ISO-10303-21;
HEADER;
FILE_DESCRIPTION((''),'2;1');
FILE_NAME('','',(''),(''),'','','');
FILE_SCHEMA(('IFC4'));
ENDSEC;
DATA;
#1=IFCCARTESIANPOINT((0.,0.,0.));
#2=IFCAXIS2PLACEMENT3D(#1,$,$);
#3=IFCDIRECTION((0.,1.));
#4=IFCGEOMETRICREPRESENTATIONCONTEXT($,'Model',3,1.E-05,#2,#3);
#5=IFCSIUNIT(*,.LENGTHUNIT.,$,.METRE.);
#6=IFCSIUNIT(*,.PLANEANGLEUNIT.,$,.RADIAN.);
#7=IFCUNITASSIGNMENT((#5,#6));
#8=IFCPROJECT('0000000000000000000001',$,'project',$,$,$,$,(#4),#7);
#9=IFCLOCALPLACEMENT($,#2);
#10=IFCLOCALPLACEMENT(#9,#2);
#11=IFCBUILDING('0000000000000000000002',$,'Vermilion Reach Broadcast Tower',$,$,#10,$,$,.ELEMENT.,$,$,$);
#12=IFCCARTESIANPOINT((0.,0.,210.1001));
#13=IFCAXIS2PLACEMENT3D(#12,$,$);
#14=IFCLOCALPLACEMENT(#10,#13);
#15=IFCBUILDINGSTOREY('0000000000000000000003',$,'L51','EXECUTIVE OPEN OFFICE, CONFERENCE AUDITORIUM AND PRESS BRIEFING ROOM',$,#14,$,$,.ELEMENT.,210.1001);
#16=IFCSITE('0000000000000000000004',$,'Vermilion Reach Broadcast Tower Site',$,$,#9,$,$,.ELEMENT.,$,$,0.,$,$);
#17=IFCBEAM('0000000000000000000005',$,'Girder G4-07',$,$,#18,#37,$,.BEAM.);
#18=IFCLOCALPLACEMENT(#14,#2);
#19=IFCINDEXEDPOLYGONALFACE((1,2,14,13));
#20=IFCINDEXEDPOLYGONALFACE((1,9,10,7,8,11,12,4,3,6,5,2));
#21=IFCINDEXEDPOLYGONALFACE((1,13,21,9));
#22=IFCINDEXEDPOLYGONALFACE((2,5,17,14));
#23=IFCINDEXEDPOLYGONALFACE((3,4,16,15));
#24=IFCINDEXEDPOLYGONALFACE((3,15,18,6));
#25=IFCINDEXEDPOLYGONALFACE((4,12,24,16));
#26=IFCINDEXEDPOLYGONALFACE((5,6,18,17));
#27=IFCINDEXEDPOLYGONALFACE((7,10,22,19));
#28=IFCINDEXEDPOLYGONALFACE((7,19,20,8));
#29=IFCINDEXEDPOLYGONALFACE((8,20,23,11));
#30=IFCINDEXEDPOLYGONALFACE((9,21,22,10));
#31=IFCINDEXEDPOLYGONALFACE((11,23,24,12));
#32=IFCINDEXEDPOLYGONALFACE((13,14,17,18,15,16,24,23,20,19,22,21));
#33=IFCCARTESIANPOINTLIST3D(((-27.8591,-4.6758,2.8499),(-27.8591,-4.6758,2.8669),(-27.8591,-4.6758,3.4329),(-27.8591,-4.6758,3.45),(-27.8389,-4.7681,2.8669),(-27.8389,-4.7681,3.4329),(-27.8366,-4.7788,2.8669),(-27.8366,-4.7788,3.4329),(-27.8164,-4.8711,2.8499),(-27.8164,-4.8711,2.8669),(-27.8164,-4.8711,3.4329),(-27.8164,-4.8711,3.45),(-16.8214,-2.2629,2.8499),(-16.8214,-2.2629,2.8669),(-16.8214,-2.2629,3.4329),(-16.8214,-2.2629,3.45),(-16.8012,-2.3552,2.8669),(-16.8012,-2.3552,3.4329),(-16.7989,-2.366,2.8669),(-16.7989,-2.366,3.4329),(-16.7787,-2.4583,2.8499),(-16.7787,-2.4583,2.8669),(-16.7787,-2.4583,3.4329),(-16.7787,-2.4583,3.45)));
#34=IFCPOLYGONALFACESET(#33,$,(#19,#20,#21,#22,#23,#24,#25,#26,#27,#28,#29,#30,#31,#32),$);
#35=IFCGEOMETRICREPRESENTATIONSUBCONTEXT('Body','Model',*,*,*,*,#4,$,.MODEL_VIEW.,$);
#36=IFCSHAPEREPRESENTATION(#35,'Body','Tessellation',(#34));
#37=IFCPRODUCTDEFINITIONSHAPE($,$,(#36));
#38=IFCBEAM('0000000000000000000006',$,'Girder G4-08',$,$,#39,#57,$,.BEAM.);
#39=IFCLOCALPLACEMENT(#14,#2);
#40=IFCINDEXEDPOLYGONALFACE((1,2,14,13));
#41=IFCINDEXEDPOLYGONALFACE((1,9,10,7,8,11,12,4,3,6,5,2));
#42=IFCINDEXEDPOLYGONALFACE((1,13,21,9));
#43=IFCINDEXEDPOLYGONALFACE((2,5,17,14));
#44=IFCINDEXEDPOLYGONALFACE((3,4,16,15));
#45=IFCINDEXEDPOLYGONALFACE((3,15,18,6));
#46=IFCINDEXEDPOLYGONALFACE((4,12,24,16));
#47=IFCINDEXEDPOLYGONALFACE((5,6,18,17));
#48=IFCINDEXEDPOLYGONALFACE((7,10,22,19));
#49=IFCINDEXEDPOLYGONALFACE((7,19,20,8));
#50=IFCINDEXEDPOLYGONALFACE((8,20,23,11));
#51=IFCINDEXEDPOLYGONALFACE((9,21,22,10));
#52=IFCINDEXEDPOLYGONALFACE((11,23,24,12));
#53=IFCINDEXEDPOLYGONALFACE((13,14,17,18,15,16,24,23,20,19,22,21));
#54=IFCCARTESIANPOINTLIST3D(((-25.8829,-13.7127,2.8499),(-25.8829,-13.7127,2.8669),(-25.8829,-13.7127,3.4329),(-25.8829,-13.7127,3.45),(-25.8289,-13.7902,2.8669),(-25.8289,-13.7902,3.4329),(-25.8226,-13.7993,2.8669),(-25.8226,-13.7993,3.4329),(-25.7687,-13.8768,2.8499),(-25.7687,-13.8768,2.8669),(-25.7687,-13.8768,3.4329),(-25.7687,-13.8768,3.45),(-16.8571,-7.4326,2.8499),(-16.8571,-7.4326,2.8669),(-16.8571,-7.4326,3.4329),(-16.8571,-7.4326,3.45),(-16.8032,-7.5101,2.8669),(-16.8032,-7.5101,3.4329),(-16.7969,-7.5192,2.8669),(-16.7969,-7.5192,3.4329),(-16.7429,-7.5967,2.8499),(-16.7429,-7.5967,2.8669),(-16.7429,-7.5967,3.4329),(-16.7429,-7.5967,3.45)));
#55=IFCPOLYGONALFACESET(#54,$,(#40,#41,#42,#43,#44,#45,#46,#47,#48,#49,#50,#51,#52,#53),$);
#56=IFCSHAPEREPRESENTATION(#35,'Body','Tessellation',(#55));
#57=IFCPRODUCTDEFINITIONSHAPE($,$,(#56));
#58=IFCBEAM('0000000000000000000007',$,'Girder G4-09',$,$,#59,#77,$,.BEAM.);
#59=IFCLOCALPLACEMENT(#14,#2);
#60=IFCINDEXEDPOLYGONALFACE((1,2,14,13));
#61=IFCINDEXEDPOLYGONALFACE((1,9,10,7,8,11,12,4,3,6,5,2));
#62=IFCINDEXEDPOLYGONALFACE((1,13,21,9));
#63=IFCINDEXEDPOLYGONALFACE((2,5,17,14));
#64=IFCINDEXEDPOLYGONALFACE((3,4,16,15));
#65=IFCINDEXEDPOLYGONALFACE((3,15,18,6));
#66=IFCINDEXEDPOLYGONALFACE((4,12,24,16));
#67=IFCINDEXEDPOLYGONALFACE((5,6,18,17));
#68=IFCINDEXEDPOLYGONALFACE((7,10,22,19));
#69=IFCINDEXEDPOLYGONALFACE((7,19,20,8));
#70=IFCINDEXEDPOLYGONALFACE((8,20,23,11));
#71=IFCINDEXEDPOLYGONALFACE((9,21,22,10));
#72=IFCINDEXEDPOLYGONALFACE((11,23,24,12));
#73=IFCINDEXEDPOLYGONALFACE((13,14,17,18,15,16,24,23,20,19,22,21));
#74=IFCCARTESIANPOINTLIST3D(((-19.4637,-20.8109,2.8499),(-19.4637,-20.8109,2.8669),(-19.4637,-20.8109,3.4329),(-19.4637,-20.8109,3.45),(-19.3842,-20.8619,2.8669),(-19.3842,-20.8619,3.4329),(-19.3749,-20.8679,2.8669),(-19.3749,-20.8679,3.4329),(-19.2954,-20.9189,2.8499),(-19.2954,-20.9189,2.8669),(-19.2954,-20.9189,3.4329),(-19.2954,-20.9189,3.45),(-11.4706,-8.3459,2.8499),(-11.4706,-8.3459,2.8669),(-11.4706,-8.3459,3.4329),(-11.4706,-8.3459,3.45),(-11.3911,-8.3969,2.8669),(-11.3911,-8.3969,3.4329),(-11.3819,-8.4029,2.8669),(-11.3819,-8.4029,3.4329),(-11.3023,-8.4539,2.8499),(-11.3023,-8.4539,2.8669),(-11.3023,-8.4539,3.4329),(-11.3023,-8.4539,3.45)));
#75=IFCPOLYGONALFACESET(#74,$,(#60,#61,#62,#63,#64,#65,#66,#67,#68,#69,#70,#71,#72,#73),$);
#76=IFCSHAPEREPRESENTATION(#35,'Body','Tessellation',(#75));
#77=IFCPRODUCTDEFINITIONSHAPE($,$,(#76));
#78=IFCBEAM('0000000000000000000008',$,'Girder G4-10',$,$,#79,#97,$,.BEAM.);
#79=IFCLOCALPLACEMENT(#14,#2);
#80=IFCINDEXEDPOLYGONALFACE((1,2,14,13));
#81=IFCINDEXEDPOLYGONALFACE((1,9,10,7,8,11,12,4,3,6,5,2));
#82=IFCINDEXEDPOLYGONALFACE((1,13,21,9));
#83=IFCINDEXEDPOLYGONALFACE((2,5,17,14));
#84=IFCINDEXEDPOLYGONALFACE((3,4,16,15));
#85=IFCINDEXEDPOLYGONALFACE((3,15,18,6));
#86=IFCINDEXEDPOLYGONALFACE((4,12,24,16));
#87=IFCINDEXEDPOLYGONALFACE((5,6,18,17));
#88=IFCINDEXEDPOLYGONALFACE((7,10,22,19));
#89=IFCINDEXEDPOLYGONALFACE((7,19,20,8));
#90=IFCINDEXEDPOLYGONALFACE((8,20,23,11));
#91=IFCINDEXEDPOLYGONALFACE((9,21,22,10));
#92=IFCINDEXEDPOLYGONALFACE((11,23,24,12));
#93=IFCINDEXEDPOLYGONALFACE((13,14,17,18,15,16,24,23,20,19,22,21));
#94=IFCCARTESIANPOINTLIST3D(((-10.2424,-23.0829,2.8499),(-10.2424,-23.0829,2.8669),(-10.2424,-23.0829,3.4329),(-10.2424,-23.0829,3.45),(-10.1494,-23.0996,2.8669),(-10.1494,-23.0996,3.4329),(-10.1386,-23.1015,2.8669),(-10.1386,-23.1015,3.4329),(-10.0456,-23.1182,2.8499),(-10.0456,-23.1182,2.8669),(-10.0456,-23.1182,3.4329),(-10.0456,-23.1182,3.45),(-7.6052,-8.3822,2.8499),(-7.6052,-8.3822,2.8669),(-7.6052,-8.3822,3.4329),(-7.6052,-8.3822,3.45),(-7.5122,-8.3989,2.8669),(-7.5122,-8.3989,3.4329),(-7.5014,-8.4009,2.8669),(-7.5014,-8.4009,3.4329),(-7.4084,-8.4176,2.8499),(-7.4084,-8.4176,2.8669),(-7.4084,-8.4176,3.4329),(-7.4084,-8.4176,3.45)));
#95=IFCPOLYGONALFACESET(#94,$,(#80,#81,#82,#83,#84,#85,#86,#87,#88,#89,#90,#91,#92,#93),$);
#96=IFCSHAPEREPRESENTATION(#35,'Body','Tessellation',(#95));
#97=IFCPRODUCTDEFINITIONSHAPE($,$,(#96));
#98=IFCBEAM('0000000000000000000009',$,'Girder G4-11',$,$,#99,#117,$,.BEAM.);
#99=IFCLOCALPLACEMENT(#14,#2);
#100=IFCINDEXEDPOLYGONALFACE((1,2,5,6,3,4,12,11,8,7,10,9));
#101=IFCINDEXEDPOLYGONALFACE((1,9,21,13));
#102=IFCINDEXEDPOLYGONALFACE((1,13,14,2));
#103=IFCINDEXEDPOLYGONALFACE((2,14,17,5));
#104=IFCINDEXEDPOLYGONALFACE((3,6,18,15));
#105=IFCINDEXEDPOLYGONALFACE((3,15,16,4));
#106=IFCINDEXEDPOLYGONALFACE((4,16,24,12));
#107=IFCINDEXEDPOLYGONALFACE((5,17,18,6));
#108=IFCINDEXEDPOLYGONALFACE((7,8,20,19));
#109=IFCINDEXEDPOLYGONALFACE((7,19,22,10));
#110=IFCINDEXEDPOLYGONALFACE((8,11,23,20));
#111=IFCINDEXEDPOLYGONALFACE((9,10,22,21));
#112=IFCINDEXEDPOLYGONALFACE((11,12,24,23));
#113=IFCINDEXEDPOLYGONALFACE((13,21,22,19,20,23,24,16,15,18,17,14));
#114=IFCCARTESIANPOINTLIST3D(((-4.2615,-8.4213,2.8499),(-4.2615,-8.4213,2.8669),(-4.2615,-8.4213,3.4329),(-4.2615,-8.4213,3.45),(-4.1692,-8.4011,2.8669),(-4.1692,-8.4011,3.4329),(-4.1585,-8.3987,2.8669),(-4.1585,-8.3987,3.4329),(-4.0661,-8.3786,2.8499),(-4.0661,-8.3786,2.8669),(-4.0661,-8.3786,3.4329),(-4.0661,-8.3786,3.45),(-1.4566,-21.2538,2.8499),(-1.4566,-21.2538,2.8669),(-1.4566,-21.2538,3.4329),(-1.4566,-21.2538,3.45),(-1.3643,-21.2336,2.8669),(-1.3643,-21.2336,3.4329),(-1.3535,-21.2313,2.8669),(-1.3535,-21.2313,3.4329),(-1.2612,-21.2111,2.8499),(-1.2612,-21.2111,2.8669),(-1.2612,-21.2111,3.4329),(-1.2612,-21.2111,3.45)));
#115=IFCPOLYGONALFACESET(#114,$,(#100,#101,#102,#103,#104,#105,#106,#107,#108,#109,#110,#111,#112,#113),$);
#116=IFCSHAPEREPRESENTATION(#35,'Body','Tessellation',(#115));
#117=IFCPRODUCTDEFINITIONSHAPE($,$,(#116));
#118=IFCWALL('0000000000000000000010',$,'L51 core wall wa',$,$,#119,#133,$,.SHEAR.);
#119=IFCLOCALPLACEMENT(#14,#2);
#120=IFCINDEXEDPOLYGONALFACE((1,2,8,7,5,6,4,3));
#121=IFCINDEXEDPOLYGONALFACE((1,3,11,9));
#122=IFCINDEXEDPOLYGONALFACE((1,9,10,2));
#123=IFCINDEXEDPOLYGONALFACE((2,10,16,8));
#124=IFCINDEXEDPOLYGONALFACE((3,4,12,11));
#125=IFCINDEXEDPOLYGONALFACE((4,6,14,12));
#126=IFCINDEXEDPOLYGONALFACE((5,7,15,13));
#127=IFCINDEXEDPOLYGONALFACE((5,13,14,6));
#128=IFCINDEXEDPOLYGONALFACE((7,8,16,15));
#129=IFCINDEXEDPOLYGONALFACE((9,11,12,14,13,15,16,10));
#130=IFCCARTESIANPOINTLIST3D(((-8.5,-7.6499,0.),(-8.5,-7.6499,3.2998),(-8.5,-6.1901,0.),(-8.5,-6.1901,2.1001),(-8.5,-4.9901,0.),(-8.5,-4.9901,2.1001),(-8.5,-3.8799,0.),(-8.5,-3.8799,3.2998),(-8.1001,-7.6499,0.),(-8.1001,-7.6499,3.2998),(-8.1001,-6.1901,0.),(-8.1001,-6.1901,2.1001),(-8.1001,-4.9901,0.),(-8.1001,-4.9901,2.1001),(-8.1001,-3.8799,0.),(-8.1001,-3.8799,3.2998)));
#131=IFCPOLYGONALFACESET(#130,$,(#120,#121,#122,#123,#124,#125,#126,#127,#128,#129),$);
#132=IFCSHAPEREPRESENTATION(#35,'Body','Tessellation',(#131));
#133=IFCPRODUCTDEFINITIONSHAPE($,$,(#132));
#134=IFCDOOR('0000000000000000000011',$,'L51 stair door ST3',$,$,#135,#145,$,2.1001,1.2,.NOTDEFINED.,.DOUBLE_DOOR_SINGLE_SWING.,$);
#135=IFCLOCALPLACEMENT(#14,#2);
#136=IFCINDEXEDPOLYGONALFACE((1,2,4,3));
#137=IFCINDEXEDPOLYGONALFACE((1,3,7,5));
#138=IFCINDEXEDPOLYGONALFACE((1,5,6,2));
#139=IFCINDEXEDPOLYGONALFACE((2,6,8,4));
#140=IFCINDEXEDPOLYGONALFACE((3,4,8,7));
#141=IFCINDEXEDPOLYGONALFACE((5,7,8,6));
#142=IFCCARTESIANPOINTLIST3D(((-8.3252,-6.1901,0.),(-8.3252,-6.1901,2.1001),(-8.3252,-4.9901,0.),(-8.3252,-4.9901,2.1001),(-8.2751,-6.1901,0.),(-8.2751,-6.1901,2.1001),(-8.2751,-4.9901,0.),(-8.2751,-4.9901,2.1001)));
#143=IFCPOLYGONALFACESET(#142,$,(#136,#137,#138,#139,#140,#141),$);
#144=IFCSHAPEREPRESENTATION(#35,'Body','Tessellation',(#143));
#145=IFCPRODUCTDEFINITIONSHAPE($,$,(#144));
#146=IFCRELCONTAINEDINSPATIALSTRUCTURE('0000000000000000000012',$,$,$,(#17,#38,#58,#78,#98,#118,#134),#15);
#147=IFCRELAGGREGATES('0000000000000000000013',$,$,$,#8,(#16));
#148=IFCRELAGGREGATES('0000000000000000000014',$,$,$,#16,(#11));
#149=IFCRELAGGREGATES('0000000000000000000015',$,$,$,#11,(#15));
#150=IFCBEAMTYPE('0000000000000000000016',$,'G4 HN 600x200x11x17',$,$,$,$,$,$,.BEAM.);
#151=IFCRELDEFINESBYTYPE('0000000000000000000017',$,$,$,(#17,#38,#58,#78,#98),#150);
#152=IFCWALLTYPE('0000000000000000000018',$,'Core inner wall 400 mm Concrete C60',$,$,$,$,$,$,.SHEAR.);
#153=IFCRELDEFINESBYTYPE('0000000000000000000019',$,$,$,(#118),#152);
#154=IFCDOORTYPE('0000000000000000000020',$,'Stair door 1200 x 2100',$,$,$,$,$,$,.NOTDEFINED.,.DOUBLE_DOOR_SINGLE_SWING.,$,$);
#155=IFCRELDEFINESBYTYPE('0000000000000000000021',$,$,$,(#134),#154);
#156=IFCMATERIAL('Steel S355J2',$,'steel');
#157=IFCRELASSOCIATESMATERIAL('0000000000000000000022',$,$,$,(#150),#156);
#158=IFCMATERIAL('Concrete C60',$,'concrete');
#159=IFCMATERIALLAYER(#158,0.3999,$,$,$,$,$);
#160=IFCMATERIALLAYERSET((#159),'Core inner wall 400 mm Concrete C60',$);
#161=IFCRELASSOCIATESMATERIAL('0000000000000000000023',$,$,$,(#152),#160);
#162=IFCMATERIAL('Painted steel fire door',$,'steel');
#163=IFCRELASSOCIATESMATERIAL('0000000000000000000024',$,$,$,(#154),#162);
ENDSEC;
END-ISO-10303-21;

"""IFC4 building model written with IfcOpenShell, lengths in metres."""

from ifc_helpers import new_model, si_unit, direction, frame, frame_2d, origin, origin_2d, place, context, subcontext, project, spatial, rectangle, i_section, extrude, material, layer, layer_set, material_profile, profile_set, type_object, element, fill, save


model = new_model("IFC4")

# Units and contexts
model_context = context("Model", 3, precision=1e-05, world=origin(), true_north=direction((0.0, 1.0)))
body_context = subcontext(model_context, "Body", "Model", "MODEL_VIEW")
ifc_project = project(units=[si_unit("LENGTHUNIT", "METRE"), si_unit("PLANEANGLEUNIT", "RADIAN")], contexts=[model_context])

# Site, building, storey
site_placement = place(None, origin())
site = spatial("IfcSite", under=ifc_project, at=site_placement, Name="Vermilion Reach Broadcast Tower Site", CompositionType="ELEMENT", RefElevation=0.0)
building_placement = place(site_placement, origin())
building = spatial("IfcBuilding", under=site, at=building_placement, Name="Vermilion Reach Broadcast Tower", CompositionType="ELEMENT")
storey_placement = place(building_placement, frame((0.0, 0.0, 210.1001)))
storey = spatial("IfcBuildingStorey", under=building, at=storey_placement, Name="L51", Description="EXECUTIVE OPEN OFFICE, CONFERENCE AUDITORIUM AND PRESS BRIEFING ROOM", CompositionType="ELEMENT", Elevation=210.1001)

# Beams
ifc_material_1 = material(Name="Steel S355J2", Category="steel")
ifc_material_profile = material_profile(ifc_material_1, i_section(OverallWidth=0.2, OverallDepth=0.6001, WebThickness=0.011, FlangeThickness=0.0171, at=origin_2d()), Name="S355J2 HN 600x200x11x17")
ifc_profile_set = profile_set([ifc_material_profile], Name="Steel S355J2")
beam_type = type_object("IfcBeamType", Name="G4 HN 600x200x11x17", PredefinedType="BEAM", material=ifc_profile_set)
beam_1_placement = place(storey_placement, frame((-16.8, -2.3606, 3.1499), z_axis=(-0.97693, -0.213559, 0.0), x_axis=(0.213559, -0.97693, 0.0)))
element("IfcBeam", 1, at=beam_1_placement, inside=storey, type_object=beam_type, Name="Girder G4-07", PredefinedType="BEAM", context=body_context, shape_type="SweptSolid", body=[
    extrude(i_section(OverallWidth=0.2, OverallDepth=0.6001, WebThickness=0.011, FlangeThickness=0.0171, at=origin_2d()), origin(), (0.0, 0.0, 1.0), 11.2983),
])
beam_2_placement = place(storey_placement, frame((-16.8, -7.5146, 3.1499), z_axis=(-0.820849, -0.571146, 0.0), x_axis=(0.571146, -0.820849, 0.0)))
element("IfcBeam", 2, at=beam_2_placement, inside=storey, type_object=beam_type, Name="Girder G4-08", PredefinedType="BEAM", context=body_context, shape_type="SweptSolid", body=[
    extrude(i_section(OverallWidth=0.2, OverallDepth=0.6001, WebThickness=0.011, FlangeThickness=0.0171, at=origin_2d()), origin(), (0.0, 0.0, 1.0), 10.9956),
])
beam_3_placement = place(storey_placement, frame((-11.3865, -8.3999, 3.1499), z_axis=(-0.539796, -0.841796, 0.0), x_axis=(0.841796, -0.539796, 0.0)))
element("IfcBeam", 3, at=beam_3_placement, inside=storey, type_object=beam_type, Name="Girder G4-09", PredefinedType="BEAM", context=body_context, shape_type="SweptSolid", body=[
    extrude(i_section(OverallWidth=0.2, OverallDepth=0.6001, WebThickness=0.011, FlangeThickness=0.0171, at=origin_2d()), origin(), (0.0, 0.0, 1.0), 14.8076),
])
beam_4_placement = place(storey_placement, frame((-7.5068, -8.3999, 3.1499), z_axis=(-0.176575, -0.984287, 0.0), x_axis=(0.984287, -0.176575, 0.0)))
element("IfcBeam", 4, at=beam_4_placement, inside=storey, type_object=beam_type, Name="Girder G4-10", PredefinedType="BEAM", context=body_context, shape_type="SweptSolid", body=[
    extrude(i_section(OverallWidth=0.2, OverallDepth=0.6001, WebThickness=0.011, FlangeThickness=0.0171, at=origin_2d()), origin(), (0.0, 0.0, 1.0), 14.9353),
])
beam_5_placement = place(storey_placement, frame((-4.1638, -8.3999, 3.1499), z_axis=(0.213538, -0.976935, 0.0), x_axis=(0.976935, 0.213538, 0.0)))
element("IfcBeam", 5, at=beam_5_placement, inside=storey, type_object=beam_type, Name="Girder G4-11", PredefinedType="BEAM", context=body_context, shape_type="SweptSolid", body=[
    extrude(i_section(OverallWidth=0.2, OverallDepth=0.6001, WebThickness=0.011, FlangeThickness=0.0171, at=origin_2d()), origin(), (0.0, 0.0, 1.0), 13.1355),
])

# Wall, opening, door
ifc_material_2 = material(Name="Concrete C60", Category="concrete")
ifc_layer_1 = layer(ifc_material_2, 0.3999)
ifc_layer_set_1 = layer_set([ifc_layer_1], Name="Core inner wall 400 mm Concrete C60")
wall_type_1 = type_object("IfcWallType", Name="Core inner wall 400 mm Concrete C60", PredefinedType="SHEAR", material=ifc_layer_set_1)
wall_1_placement = place(storey_placement, frame((-8.3, -3.8799, 0.0), z_axis=(0.0, 0.0, 1.0), x_axis=(0.0, -1.0, 0.0)))
wall_1 = element("IfcWall", 6, at=wall_1_placement, inside=storey, type_object=wall_type_1, Name="L51 core wall wa", PredefinedType="SHEAR", context=body_context, shape_type="SweptSolid", body=[
    extrude(rectangle(XDim=3.77, YDim=0.3999, at=frame_2d((1.885, 0.0))), origin(), (0.0, 0.0, 1.0), 3.2998),
])
opening_1_placement = place(wall_1_placement, frame((1.1101, 0.0, 0.0)))
opening_1 = element("IfcOpeningElement", 7, at=opening_1_placement, cuts=wall_1, PredefinedType="OPENING", context=body_context, shape_type="SweptSolid", body=[
    extrude(rectangle(XDim=1.2, YDim=2.1001, at=frame_2d((0.6001, 1.05))), frame((0.0, 0.21, 0.0), z_axis=(0.0, -1.0, 0.0), x_axis=(1.0, 0.0, 0.0)), (0.0, 0.0, 1.0), 0.4199),
])
ifc_material_3 = material(Name="Painted steel fire door", Category="steel")
door_type_1 = type_object("IfcDoorType", Name="Stair door 1200 x 2100", OperationType="DOUBLE_DOOR_SINGLE_SWING", PredefinedType="NOTDEFINED", material=ifc_material_3)
door_1_placement = place(opening_1_placement, origin())
door_1 = element("IfcDoor", 8, at=door_1_placement, inside=storey, type_object=door_type_1, Name="L51 stair door ST3", OperationType="DOUBLE_DOOR_SINGLE_SWING", OverallHeight=2.1001, OverallWidth=1.2, PredefinedType="NOTDEFINED", context=body_context, shape_type="SweptSolid", body=[
    extrude(rectangle(XDim=1.2, YDim=2.1001, at=frame_2d((0.6001, 1.05))), frame((0.0, 0.0249, 0.0), z_axis=(0.0, -1.0, 0.0), x_axis=(1.0, 0.0, 0.0)), (0.0, 0.0, 1.0), 0.05),
])
fill(opening_1, door_1)

save(model, "model.ifc")
